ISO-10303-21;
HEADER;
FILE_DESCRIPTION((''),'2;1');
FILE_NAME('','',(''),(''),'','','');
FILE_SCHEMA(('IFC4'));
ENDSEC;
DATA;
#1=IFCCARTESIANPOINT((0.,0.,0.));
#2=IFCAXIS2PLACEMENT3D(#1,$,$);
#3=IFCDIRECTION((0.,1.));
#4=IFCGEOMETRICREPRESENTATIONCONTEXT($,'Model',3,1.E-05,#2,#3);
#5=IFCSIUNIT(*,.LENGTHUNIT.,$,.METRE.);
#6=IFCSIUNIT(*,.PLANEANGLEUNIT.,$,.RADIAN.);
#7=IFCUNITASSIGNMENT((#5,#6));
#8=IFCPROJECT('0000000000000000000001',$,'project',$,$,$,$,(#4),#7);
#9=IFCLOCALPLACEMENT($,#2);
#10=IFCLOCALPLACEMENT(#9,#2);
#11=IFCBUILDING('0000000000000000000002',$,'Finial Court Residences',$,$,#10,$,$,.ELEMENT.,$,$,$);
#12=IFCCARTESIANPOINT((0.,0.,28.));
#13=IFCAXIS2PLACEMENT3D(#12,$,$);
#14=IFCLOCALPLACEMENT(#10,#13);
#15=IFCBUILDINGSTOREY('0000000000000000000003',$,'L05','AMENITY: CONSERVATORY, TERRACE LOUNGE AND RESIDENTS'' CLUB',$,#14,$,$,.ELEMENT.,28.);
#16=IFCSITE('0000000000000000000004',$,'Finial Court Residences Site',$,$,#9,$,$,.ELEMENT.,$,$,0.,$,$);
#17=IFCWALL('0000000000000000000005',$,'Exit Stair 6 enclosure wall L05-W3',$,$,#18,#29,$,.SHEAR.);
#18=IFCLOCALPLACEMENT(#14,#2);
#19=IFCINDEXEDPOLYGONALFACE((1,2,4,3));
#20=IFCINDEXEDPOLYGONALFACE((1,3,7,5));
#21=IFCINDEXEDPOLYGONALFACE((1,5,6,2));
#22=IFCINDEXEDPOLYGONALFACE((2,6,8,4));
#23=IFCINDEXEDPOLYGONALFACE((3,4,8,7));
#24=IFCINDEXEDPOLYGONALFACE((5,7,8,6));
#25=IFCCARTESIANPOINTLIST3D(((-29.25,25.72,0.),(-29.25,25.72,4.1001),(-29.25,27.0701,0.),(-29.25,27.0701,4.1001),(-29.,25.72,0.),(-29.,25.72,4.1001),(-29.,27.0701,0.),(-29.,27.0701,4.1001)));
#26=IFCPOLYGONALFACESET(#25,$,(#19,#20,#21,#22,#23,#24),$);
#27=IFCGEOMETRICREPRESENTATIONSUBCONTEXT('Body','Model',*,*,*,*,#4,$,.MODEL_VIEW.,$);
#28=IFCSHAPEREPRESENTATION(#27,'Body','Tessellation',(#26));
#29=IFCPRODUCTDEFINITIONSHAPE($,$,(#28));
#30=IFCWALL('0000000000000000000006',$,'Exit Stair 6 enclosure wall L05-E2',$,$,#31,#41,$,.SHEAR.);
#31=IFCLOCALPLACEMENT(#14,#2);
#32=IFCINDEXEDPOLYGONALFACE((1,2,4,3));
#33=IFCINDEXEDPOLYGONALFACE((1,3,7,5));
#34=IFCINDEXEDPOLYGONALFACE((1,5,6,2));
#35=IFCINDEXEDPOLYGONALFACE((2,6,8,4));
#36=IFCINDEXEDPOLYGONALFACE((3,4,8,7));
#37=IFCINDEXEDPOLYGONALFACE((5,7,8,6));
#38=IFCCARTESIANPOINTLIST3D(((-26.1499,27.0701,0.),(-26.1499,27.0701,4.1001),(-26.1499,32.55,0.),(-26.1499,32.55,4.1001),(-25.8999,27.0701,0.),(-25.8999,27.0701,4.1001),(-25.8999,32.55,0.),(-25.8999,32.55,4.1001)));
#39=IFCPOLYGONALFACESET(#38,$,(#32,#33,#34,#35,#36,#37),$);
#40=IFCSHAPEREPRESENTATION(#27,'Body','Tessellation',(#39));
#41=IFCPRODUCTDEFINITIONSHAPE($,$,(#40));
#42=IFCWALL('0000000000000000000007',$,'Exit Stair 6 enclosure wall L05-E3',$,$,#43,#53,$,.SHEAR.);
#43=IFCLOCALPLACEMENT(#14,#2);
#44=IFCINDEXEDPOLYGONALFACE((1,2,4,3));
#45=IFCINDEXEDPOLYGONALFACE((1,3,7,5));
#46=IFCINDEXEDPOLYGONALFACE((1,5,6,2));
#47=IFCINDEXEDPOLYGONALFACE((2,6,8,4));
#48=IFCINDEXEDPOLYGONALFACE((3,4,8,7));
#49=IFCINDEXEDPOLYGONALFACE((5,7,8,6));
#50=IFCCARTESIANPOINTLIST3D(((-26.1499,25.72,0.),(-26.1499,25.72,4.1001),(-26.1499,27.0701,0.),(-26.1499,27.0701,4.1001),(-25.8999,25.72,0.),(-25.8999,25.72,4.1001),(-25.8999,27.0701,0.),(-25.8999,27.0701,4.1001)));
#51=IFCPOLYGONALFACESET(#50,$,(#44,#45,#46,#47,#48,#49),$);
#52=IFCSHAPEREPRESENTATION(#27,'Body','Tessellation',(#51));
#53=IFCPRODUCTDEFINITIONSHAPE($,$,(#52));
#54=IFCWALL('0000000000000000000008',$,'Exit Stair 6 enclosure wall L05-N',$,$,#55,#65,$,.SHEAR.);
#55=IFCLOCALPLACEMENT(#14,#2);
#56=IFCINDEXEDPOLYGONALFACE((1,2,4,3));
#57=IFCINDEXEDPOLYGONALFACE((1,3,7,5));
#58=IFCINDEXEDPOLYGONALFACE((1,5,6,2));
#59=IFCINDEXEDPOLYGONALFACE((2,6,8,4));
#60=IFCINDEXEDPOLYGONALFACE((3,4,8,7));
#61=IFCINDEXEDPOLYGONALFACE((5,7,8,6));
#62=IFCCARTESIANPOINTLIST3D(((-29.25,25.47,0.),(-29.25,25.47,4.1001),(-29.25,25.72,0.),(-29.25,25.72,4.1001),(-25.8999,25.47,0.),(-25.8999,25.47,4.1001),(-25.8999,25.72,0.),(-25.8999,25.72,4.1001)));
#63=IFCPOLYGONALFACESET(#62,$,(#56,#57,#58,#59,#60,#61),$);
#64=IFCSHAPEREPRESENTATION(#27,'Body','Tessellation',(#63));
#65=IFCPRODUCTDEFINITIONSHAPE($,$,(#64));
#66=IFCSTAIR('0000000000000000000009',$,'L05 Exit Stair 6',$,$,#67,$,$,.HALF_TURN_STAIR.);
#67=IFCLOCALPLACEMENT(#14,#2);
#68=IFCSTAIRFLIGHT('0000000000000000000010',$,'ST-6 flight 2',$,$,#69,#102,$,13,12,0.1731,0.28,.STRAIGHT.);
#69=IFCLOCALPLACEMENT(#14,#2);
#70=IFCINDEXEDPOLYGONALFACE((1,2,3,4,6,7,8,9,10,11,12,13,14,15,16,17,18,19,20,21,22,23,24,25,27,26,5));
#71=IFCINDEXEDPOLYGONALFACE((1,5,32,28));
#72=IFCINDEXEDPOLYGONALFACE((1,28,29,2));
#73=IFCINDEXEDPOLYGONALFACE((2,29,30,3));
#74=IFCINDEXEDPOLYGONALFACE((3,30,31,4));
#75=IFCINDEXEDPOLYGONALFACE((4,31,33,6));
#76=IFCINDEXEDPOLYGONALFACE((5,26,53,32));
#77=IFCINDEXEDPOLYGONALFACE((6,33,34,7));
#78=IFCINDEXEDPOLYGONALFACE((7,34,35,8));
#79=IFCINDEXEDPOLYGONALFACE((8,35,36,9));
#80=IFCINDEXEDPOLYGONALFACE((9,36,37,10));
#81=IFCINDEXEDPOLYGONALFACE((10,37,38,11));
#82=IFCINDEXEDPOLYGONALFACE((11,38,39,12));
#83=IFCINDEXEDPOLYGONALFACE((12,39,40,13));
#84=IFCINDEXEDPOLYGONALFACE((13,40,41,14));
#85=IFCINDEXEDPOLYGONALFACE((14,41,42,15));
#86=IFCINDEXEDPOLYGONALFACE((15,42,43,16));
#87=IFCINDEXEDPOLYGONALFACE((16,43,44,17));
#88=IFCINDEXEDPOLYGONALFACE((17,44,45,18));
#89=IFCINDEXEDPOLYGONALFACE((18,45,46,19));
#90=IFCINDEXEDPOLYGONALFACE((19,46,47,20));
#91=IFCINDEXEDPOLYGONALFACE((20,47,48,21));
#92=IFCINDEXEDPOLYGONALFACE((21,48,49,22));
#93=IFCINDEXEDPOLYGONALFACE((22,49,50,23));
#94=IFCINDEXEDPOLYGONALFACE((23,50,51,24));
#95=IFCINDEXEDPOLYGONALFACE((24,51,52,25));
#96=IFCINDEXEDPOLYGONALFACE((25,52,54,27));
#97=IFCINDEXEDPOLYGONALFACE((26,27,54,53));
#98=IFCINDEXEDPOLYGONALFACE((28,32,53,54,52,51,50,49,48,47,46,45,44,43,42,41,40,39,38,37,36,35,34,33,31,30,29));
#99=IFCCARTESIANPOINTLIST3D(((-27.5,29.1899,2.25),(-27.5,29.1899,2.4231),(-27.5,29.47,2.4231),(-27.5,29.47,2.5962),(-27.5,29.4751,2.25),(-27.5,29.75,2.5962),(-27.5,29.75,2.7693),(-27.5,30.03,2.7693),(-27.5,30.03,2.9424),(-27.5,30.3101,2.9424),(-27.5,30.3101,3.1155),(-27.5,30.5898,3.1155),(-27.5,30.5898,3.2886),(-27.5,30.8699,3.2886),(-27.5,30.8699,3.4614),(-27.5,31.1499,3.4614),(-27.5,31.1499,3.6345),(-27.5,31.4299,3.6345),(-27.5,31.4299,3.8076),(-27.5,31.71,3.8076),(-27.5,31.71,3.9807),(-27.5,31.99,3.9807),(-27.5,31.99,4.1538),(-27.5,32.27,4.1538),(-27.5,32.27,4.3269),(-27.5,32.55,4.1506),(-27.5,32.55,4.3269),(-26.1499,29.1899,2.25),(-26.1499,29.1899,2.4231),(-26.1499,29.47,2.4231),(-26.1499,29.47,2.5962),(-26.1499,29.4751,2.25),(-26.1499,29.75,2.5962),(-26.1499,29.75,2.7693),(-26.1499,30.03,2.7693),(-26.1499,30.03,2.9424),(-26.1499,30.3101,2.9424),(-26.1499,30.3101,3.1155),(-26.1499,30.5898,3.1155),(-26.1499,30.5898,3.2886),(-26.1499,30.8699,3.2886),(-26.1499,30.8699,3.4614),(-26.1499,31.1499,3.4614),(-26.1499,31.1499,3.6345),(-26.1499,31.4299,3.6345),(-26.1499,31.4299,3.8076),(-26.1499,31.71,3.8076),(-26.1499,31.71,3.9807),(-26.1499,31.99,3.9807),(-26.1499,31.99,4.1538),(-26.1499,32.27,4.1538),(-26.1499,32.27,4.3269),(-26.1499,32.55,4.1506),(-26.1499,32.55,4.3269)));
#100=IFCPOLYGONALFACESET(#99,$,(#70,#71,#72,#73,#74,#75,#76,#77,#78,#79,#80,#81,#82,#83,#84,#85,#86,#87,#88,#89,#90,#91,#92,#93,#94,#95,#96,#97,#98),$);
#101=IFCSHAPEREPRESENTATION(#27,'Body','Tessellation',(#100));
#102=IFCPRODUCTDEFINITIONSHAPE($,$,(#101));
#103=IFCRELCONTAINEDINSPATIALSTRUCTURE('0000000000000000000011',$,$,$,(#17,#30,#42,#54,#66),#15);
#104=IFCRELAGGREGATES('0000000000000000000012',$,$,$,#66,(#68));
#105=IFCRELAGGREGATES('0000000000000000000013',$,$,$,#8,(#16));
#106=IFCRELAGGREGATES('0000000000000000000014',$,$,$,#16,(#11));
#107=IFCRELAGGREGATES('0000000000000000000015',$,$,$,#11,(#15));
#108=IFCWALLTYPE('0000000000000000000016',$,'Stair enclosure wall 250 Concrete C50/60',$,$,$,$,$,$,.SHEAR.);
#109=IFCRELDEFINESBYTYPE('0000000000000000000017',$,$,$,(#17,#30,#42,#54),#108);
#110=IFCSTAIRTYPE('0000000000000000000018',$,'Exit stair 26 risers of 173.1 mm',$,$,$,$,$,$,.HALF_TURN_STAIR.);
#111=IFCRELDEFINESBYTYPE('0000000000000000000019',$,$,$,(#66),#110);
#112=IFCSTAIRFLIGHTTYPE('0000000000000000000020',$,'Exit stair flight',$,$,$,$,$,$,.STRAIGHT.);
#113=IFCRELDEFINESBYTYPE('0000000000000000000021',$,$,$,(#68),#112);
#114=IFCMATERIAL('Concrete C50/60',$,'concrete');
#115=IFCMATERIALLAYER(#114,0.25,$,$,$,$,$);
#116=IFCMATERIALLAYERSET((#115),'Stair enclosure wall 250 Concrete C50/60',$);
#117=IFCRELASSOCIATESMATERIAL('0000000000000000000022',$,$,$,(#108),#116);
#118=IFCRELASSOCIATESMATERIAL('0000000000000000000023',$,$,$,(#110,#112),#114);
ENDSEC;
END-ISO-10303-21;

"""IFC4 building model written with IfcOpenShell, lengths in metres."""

from ifc_helpers import new_model, si_unit, direction, frame, frame_2d, origin, place, context, subcontext, project, spatial, polyline, rectangle, outline, extrude, material, layer, layer_set, type_object, element, aggregate, save


model = new_model("IFC4")

# Units and contexts
model_context = context("Model", 3, precision=1e-05, world=origin(), true_north=direction((0.0, 1.0)))
body_context = subcontext(model_context, "Body", "Model", "MODEL_VIEW")
ifc_project = project(units=[si_unit("LENGTHUNIT", "METRE"), si_unit("PLANEANGLEUNIT", "RADIAN")], contexts=[model_context])

# Site, building, storey
site_placement = place(None, origin())
site = spatial("IfcSite", under=ifc_project, at=site_placement, Name="Finial Court Residences Site", CompositionType="ELEMENT", RefElevation=0.0)
building_placement = place(site_placement, origin())
building = spatial("IfcBuilding", under=site, at=building_placement, Name="Finial Court Residences", CompositionType="ELEMENT")
storey_placement = place(building_placement, frame((0.0, 0.0, 28.0)))
storey = spatial("IfcBuildingStorey", under=building, at=storey_placement, Name="L05", Description="AMENITY: CONSERVATORY, TERRACE LOUNGE AND RESIDENTS' CLUB", CompositionType="ELEMENT", Elevation=28.0)

# Shared definitions
ifc_material_1 = material(Name="Concrete C50/60", Category="concrete")

# Walls
ifc_layer_1 = layer(ifc_material_1, 0.25)
ifc_layer_set_1 = layer_set([ifc_layer_1], Name="Stair enclosure wall 250 Concrete C50/60")
wall_type_1 = type_object("IfcWallType", Name="Stair enclosure wall 250 Concrete C50/60", PredefinedType="SHEAR", material=ifc_layer_set_1)
wall_1_placement = place(storey_placement, frame((-29.125, 25.72, 0.0), z_axis=(0.0, 0.0, 1.0), x_axis=(0.0, 1.0, 0.0)))
element("IfcWall", 1, at=wall_1_placement, inside=storey, type_object=wall_type_1, Name="Exit Stair 6 enclosure wall L05-W3", PredefinedType="SHEAR", context=body_context, shape_type="SweptSolid", body=[
    extrude(rectangle(XDim=1.3501, YDim=0.25, at=frame_2d((0.675, 0.0))), origin(), (0.0, 0.0, 1.0), 4.1001),
])
wall_2_placement = place(storey_placement, frame((-26.0249, 27.0701, 0.0), z_axis=(0.0, 0.0, 1.0), x_axis=(0.0, 1.0, 0.0)))
element("IfcWall", 2, at=wall_2_placement, inside=storey, type_object=wall_type_1, Name="Exit Stair 6 enclosure wall L05-E2", PredefinedType="SHEAR", context=body_context, shape_type="SweptSolid", body=[
    extrude(rectangle(XDim=5.48, YDim=0.25, at=frame_2d((2.74, 0.0))), origin(), (0.0, 0.0, 1.0), 4.1001),
])
wall_3_placement = place(storey_placement, frame((-26.0249, 25.72, 0.0), z_axis=(0.0, 0.0, 1.0), x_axis=(0.0, 1.0, 0.0)))
element("IfcWall", 3, at=wall_3_placement, inside=storey, type_object=wall_type_1, Name="Exit Stair 6 enclosure wall L05-E3", PredefinedType="SHEAR", context=body_context, shape_type="SweptSolid", body=[
    extrude(rectangle(XDim=1.3501, YDim=0.25, at=frame_2d((0.675, 0.0))), origin(), (0.0, 0.0, 1.0), 4.1001),
])
wall_4_placement = place(storey_placement, frame((-29.25, 25.595, 0.0), z_axis=(0.0, 0.0, 1.0), x_axis=(1.0, 0.0, 0.0)))
element("IfcWall", 4, at=wall_4_placement, inside=storey, type_object=wall_type_1, Name="Exit Stair 6 enclosure wall L05-N", PredefinedType="SHEAR", context=body_context, shape_type="SweptSolid", body=[
    extrude(rectangle(XDim=3.3501, YDim=0.25, at=frame_2d((1.675, 0.0))), origin(), (0.0, 0.0, 1.0), 4.1001),
])

# Stair, stair flight
stair_type = type_object("IfcStairType", Name="Exit stair 26 risers of 173.1 mm", PredefinedType="HALF_TURN_STAIR", material=ifc_material_1)
stair_placement = place(storey_placement, origin())
stair = element("IfcStair", 5, at=stair_placement, inside=storey, type_object=stair_type, Name="L05 Exit Stair 6", PredefinedType="HALF_TURN_STAIR")
stair_flight_type = type_object("IfcStairFlightType", Name="Exit stair flight", PredefinedType="STRAIGHT", material=ifc_material_1)
stair_flight_placement = place(storey_placement, frame((-26.825, 29.1899, 2.25), z_axis=(0.0, 0.0, 1.0), x_axis=(0.0, 1.0, 0.0)))
stair_flight = element("IfcStairFlight", 6, at=stair_flight_placement, type_object=stair_flight_type, Name="ST-6 flight 2", NumberOfRisers=13, NumberOfTreads=12, PredefinedType="STRAIGHT", RiserHeight=0.1731, TreadLength=0.28, context=body_context, shape_type="SweptSolid", body=[
    extrude(outline(polyline([(0.0, 0.0), (0.0, 0.1731), (0.28, 0.1731), (0.28, 0.3462), (0.5601, 0.3462), (0.5601, 0.5193), (0.8401, 0.5193), (0.8401, 0.6924), (1.1201, 0.6924), (1.1201, 0.8655), (1.3999, 0.8655), (1.3999, 1.0386), (1.6799, 1.0386), (1.6799, 1.2114), (1.96, 1.2114), (1.96, 1.3845), (2.24, 1.3845), (2.24, 1.5576), (2.52, 1.5576), (2.52, 1.7307), (2.8, 1.7307), (2.8, 1.9038), (3.0801, 1.9038), (3.0801, 2.0769), (3.3601, 2.0769), (3.3601, 2.25), (3.3601, 1.9006), (0.2852, 0.0), (0.0, 0.0)])), frame((0.0, 0.675, 0.0), z_axis=(0.0, -1.0, 0.0), x_axis=(1.0, 0.0, 0.0)), (0.0, 0.0, 1.0), 1.3501),
])
aggregate(stair, [stair_flight])

save(model, "model.ifc")
